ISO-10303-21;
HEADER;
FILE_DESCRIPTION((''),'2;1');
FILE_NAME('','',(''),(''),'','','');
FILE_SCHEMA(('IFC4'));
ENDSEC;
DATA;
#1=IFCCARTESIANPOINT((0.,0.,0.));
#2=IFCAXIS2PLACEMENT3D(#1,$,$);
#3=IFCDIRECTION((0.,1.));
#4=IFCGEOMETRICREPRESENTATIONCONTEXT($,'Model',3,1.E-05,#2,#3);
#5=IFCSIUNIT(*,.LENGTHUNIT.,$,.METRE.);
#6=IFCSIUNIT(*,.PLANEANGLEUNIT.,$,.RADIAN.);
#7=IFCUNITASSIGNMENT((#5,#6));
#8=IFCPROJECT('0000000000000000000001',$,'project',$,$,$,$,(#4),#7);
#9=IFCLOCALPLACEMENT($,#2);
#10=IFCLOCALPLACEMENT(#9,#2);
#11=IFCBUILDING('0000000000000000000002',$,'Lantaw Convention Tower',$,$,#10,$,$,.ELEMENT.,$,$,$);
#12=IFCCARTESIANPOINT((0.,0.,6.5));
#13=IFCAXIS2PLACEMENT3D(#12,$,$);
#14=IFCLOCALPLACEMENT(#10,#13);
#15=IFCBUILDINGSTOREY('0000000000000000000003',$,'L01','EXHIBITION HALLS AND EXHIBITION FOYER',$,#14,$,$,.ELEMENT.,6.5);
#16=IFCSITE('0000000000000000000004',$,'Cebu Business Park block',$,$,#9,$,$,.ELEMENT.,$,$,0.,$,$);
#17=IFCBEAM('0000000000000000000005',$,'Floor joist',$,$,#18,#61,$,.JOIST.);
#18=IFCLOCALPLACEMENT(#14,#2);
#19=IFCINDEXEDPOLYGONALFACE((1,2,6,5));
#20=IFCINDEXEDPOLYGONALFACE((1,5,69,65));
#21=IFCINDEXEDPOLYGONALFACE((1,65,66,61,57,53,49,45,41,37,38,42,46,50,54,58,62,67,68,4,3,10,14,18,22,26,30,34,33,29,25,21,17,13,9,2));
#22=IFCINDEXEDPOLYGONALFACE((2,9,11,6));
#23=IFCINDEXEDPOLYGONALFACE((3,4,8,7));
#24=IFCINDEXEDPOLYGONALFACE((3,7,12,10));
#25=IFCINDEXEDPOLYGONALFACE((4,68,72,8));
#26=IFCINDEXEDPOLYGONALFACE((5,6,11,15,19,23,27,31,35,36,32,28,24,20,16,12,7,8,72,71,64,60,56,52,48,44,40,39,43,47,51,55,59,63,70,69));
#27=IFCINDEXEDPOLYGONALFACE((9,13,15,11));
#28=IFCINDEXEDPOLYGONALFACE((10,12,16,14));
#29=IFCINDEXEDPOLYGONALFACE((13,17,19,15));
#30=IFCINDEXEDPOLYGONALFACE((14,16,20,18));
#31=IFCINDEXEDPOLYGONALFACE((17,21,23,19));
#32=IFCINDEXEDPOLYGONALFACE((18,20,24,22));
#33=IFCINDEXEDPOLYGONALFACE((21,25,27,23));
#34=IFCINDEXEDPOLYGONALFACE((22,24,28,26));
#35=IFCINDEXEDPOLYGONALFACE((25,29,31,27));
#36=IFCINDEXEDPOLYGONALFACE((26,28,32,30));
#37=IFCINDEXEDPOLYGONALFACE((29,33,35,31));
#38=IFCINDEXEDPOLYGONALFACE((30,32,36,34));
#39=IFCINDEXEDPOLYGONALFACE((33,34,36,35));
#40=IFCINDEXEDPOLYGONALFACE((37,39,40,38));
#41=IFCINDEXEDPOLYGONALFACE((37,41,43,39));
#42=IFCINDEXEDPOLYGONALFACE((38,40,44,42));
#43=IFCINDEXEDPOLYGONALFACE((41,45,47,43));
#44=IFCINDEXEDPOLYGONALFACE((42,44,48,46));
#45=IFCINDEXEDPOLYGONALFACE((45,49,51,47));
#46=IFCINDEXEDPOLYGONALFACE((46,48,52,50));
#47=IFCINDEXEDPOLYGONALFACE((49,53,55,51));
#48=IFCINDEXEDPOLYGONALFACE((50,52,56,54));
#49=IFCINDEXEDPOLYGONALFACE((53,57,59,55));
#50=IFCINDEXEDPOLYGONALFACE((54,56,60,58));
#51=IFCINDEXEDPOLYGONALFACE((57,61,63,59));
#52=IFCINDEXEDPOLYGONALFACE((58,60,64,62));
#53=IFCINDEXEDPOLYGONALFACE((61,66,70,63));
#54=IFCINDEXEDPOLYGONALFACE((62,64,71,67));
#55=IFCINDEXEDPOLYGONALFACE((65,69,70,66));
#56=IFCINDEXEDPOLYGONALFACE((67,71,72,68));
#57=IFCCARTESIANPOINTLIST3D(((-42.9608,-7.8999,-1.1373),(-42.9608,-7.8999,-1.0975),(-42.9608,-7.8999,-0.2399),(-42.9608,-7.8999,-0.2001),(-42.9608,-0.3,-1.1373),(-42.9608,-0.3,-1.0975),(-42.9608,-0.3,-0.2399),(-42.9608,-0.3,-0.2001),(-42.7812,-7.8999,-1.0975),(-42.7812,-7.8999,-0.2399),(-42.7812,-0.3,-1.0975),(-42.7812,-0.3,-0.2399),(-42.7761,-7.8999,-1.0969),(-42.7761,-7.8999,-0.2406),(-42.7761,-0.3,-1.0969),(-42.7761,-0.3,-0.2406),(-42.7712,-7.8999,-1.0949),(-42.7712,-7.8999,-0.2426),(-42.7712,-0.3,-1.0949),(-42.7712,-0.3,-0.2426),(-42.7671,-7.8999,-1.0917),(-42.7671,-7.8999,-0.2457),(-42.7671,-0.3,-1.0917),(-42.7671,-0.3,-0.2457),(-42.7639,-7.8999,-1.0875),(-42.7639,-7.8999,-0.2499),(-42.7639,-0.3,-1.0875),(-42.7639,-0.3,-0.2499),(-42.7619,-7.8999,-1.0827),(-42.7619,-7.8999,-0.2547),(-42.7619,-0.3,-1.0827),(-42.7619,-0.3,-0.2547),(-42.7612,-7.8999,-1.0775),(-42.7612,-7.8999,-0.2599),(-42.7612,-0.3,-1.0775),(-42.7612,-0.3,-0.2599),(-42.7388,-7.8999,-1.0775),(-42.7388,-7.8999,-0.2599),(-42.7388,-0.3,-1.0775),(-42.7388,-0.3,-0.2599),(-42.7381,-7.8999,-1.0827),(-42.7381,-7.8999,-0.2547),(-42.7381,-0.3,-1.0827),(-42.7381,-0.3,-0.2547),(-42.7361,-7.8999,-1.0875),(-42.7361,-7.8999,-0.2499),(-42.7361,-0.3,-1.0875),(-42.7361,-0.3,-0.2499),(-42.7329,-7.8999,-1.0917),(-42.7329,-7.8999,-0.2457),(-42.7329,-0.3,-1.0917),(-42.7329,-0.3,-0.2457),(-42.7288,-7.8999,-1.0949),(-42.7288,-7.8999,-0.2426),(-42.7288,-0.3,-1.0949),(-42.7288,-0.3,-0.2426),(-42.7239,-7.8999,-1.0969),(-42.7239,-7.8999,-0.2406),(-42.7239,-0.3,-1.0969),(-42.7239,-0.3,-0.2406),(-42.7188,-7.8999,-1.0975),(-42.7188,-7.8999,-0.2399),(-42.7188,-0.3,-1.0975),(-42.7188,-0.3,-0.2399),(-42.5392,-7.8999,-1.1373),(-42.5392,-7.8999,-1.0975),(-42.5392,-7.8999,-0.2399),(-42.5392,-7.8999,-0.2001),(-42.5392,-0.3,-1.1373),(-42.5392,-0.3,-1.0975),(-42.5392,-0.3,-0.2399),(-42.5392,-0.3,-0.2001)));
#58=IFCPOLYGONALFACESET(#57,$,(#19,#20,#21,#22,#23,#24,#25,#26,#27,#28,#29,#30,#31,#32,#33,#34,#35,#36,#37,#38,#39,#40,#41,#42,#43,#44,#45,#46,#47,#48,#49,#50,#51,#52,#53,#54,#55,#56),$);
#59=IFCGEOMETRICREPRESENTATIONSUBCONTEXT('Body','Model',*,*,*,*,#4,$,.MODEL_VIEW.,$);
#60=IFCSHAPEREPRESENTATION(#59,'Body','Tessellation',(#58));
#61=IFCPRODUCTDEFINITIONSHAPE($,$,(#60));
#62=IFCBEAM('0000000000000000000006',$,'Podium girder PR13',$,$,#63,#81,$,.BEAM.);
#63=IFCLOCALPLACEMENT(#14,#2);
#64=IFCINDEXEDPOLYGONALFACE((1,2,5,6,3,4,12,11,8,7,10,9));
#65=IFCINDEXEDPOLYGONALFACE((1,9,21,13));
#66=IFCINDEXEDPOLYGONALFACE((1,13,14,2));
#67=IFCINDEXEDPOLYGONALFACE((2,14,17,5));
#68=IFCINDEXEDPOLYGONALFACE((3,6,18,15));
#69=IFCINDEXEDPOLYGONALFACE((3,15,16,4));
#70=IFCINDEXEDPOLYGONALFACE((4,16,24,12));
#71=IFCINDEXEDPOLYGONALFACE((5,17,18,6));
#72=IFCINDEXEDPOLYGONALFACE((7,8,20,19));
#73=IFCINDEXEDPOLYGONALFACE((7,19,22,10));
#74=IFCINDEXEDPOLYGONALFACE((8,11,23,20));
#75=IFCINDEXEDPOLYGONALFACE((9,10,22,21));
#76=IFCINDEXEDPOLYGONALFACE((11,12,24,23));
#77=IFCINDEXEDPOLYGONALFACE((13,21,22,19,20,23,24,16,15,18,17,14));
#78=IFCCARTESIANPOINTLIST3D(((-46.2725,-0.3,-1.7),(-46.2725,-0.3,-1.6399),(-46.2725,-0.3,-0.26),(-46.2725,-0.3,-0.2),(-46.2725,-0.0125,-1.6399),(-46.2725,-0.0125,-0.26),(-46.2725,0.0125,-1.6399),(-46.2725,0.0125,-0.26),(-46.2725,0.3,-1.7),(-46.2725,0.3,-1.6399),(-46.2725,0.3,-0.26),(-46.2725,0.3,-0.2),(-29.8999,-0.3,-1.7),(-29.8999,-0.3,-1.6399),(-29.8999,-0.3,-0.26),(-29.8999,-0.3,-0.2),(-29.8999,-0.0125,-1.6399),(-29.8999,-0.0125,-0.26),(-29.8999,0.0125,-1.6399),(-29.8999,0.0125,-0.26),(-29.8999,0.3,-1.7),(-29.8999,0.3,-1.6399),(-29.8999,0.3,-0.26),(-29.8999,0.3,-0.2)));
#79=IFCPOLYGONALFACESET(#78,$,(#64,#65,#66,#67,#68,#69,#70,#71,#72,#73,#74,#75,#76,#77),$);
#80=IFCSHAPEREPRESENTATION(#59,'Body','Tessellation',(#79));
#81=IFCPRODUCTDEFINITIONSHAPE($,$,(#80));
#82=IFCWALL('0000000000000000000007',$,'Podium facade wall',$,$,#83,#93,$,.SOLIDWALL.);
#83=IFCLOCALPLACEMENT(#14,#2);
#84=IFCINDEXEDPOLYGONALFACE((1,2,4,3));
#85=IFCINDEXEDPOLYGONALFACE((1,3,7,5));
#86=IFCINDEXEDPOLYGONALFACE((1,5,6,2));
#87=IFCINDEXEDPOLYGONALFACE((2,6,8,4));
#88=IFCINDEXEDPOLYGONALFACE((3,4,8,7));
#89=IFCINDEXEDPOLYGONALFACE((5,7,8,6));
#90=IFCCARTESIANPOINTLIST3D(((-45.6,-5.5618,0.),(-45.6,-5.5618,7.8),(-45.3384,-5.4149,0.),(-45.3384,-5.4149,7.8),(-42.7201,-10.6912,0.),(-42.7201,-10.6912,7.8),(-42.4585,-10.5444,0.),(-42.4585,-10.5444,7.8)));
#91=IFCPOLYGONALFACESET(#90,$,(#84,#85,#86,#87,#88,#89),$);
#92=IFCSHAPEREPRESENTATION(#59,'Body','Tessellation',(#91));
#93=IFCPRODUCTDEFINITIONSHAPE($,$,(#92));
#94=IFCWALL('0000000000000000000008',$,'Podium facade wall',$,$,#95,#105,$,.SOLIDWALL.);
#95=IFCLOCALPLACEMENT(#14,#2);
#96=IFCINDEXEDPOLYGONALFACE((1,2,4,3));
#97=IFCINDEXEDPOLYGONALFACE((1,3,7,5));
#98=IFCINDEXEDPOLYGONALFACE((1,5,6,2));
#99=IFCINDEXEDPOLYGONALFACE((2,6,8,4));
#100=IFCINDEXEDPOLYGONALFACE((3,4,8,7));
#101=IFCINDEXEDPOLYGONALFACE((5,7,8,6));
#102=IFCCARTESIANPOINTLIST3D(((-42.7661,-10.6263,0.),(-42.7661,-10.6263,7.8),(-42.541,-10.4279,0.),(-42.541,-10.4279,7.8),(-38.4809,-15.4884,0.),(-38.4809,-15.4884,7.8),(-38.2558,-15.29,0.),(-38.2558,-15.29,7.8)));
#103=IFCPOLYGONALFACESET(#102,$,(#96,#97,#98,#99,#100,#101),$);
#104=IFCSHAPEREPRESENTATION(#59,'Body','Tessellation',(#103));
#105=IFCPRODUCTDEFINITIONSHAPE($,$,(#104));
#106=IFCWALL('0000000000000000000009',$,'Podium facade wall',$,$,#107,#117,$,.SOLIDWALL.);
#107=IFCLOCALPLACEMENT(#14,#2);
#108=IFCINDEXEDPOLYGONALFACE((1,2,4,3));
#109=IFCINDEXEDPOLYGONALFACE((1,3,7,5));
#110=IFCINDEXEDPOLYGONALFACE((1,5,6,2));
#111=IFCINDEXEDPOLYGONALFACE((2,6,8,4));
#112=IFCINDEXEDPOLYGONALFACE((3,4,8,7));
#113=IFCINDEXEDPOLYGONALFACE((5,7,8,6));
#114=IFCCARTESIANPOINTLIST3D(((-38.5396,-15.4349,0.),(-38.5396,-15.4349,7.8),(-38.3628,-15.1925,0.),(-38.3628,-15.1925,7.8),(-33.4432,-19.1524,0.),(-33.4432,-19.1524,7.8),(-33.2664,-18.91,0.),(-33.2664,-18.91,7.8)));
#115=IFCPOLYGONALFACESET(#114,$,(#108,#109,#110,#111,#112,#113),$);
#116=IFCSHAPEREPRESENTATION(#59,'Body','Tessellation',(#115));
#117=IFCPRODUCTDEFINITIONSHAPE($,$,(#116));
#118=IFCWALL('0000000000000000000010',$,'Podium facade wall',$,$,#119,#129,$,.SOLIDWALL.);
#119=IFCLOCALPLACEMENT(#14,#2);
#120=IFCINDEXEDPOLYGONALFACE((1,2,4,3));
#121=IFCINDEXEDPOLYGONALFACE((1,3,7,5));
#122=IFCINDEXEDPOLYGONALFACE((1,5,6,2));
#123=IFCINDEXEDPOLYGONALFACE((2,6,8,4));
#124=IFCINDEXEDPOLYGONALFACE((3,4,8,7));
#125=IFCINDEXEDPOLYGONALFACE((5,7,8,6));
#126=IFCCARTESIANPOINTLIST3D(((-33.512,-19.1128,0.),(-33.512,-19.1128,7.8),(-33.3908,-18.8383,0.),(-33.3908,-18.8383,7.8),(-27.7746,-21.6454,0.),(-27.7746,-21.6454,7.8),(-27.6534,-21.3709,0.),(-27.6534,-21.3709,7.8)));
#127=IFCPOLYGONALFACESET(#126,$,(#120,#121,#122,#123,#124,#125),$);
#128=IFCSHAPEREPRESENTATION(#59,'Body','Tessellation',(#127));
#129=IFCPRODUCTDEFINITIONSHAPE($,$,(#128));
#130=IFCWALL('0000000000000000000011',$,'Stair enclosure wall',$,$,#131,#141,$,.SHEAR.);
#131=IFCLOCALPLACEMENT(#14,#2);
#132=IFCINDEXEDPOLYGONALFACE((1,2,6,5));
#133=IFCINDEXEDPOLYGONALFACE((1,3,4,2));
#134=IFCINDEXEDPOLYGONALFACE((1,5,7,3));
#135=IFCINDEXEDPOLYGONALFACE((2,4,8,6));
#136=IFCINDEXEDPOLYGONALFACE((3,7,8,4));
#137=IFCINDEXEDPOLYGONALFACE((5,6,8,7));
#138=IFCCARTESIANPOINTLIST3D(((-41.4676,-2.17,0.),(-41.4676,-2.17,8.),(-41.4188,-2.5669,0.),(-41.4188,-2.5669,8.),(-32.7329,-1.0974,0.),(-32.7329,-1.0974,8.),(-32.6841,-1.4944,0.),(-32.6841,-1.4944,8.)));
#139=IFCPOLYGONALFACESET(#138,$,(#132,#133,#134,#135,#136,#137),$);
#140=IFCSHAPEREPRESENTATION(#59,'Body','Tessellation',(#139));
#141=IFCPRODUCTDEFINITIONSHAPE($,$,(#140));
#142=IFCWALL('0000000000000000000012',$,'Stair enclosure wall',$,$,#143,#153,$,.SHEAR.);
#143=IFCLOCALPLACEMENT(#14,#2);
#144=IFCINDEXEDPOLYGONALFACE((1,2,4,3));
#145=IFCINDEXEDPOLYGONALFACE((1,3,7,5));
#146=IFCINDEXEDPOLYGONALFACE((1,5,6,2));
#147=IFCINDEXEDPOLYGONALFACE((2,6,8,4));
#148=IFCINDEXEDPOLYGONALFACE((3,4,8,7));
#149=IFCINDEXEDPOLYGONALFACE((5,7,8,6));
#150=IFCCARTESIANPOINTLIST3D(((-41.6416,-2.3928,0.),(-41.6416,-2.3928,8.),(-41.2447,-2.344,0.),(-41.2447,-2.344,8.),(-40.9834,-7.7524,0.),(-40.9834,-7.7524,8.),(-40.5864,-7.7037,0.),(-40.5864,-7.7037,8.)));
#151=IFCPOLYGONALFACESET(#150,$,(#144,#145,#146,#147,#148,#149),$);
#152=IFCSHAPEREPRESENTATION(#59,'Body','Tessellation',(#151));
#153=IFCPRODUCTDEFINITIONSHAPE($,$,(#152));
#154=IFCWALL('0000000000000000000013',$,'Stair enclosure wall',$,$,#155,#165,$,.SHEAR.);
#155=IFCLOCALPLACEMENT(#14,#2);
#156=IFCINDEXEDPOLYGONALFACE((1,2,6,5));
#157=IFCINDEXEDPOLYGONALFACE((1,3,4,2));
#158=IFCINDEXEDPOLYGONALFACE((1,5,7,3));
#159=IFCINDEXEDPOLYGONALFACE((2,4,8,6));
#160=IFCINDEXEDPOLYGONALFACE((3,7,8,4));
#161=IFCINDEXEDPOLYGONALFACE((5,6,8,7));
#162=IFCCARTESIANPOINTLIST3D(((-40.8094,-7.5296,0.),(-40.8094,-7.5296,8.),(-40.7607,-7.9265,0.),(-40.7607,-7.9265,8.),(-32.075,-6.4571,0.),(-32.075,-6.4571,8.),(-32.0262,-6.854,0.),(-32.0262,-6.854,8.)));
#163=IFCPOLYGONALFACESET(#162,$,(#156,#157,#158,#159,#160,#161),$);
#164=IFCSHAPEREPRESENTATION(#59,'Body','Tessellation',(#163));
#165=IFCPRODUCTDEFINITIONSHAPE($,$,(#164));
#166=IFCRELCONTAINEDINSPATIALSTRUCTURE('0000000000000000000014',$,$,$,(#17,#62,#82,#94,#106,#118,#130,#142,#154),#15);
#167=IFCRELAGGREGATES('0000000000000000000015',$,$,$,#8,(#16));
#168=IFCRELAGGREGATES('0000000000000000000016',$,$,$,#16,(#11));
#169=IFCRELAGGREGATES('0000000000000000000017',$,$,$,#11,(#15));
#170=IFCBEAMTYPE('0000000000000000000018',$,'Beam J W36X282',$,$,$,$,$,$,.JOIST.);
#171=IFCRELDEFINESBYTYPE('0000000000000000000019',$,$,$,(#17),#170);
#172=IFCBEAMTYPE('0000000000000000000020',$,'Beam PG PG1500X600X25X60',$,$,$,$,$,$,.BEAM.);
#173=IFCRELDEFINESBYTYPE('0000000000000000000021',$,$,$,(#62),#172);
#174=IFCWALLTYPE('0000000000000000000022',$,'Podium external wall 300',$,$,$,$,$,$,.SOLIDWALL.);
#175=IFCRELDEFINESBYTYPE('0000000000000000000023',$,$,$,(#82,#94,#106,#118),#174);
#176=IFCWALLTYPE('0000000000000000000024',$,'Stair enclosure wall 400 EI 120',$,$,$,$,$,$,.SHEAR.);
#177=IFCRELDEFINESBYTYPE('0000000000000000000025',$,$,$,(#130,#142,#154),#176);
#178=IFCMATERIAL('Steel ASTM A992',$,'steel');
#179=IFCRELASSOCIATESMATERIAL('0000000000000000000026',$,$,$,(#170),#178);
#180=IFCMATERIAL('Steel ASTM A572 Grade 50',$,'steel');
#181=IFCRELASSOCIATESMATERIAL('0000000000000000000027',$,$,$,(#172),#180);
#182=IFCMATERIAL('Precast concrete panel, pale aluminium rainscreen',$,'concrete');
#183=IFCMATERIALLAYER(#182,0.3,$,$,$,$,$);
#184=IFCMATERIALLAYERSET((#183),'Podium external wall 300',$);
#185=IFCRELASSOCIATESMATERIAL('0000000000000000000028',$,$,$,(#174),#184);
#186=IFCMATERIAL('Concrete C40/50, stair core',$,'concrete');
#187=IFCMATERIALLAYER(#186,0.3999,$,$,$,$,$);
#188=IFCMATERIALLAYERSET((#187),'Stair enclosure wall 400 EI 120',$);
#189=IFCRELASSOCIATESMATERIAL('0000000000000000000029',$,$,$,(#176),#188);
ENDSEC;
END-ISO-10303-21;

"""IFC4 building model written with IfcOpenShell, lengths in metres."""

from ifc_helpers import new_model, si_unit, direction, frame, frame_2d, origin, origin_2d, place, context, subcontext, project, spatial, rectangle, i_section, extrude, material, layer, layer_set, material_profile, profile_set, type_object, element, save


model = new_model("IFC4")

# Units and contexts
model_context = context("Model", 3, precision=1e-05, world=origin(), true_north=direction((0.0, 1.0)))
body_context = subcontext(model_context, "Body", "Model", "MODEL_VIEW")
ifc_project = project(units=[si_unit("LENGTHUNIT", "METRE"), si_unit("PLANEANGLEUNIT", "RADIAN")], contexts=[model_context])

# Site, building, storey
site_placement = place(None, origin())
site = spatial("IfcSite", under=ifc_project, at=site_placement, Name="Cebu Business Park block", CompositionType="ELEMENT", RefElevation=0.0)
building_placement = place(site_placement, origin())
building = spatial("IfcBuilding", under=site, at=building_placement, Name="Lantaw Convention Tower", CompositionType="ELEMENT")
storey_placement = place(building_placement, frame((0.0, 0.0, 6.5)))
storey = spatial("IfcBuildingStorey", under=building, at=storey_placement, Name="L01", Description="EXHIBITION HALLS AND EXHIBITION FOYER", CompositionType="ELEMENT", Elevation=6.5)

# Shared definitions
ifc_material_1 = material(Name="Steel ASTM A572 Grade 50", Category="steel")

# Beams
ifc_material_2 = material(Name="Steel ASTM A992", Category="steel")
ifc_material_profile_1 = material_profile(ifc_material_2, i_section(OverallWidth=0.4216, OverallDepth=0.9373, WebThickness=0.0225, FlangeThickness=0.0398, FilletRadius=0.02, at=origin_2d()), Name="W36X282")
ifc_profile_set_1 = profile_set([ifc_material_profile_1], Name="Steel ASTM A992")
beam_type_1 = type_object("IfcBeamType", Name="Beam J W36X282", PredefinedType="JOIST", material=ifc_profile_set_1)
beam_1_placement = place(storey_placement, frame((-42.75, -7.8999, -0.6687), z_axis=(0.0, 1.0, 0.0), x_axis=(-1.0, 0.0, 0.0)))
element("IfcBeam", 1, at=beam_1_placement, inside=storey, type_object=beam_type_1, Name="Floor joist", PredefinedType="JOIST", context=body_context, shape_type="SweptSolid", body=[
    extrude(i_section(OverallWidth=0.4216, OverallDepth=0.9373, WebThickness=0.0225, FlangeThickness=0.0398, FilletRadius=0.02, at=origin_2d()), origin(), (0.0, 0.0, 1.0), 7.5999),
])
ifc_material_profile_2 = material_profile(ifc_material_1, i_section(OverallWidth=0.6001, OverallDepth=1.5, WebThickness=0.0249, FlangeThickness=0.0601, at=origin_2d()), Name="PG1500X600X25X60")
ifc_profile_set_2 = profile_set([ifc_material_profile_2], Name="Steel ASTM A572 Grade 50")
beam_type_2 = type_object("IfcBeamType", Name="Beam PG PG1500X600X25X60", PredefinedType="BEAM", material=ifc_profile_set_2)
beam_2_placement = place(storey_placement, frame((-29.8999, 0.0, -0.95), z_axis=(-1.0, 0.0, 0.0), x_axis=(0.0, -1.0, 0.0)))
element("IfcBeam", 2, at=beam_2_placement, inside=storey, type_object=beam_type_2, Name="Podium girder PR13", PredefinedType="BEAM", context=body_context, shape_type="SweptSolid", body=[
    extrude(i_section(OverallWidth=0.6001, OverallDepth=1.5, WebThickness=0.0249, FlangeThickness=0.0601, at=origin_2d()), origin(), (0.0, 0.0, 1.0), 16.3726),
])

# Walls
ifc_material_3 = material(Name="Precast concrete panel, pale aluminium rainscreen", Category="concrete")
ifc_layer_1 = layer(ifc_material_3, 0.3)
ifc_layer_set_1 = layer_set([ifc_layer_1], Name="Podium external wall 300")
wall_type_1 = type_object("IfcWallType", Name="Podium external wall 300", PredefinedType="SOLIDWALL", material=ifc_layer_set_1)
wall_1_placement = place(storey_placement, frame((-45.4692, -5.4883, 0.0), z_axis=(0.0, 0.0, 1.0), x_axis=(0.489564, -0.871968, 0.0)))
element("IfcWall", 3, at=wall_1_placement, inside=storey, type_object=wall_type_1, Name="Podium facade wall", PredefinedType="SOLIDWALL", context=body_context, shape_type="SweptSolid", body=[
    extrude(rectangle(XDim=5.8826, YDim=0.3, at=frame_2d((2.9414, 0.0))), origin(), (0.0, 0.0, 1.0), 7.8),
])
wall_2_placement = place(storey_placement, frame((-42.6536, -10.5271, 0.0), z_axis=(0.0, 0.0, 1.0), x_axis=(0.661197, -0.750213, 0.0)))
element("IfcWall", 4, at=wall_2_placement, inside=storey, type_object=wall_type_1, Name="Podium facade wall", PredefinedType="SOLIDWALL", context=body_context, shape_type="SweptSolid", body=[
    extrude(rectangle(XDim=6.481, YDim=0.3, at=frame_2d((3.2405, 0.0))), origin(), (0.0, 0.0, 1.0), 7.8),
])
wall_3_placement = place(storey_placement, frame((-38.4512, -15.3137, 0.0), z_axis=(0.0, 0.0, 1.0), x_axis=(0.807903, -0.589315, 0.0)))
element("IfcWall", 5, at=wall_3_placement, inside=storey, type_object=wall_type_1, Name="Podium facade wall", PredefinedType="SOLIDWALL", context=body_context, shape_type="SweptSolid", body=[
    extrude(rectangle(XDim=6.3081, YDim=0.3, at=frame_2d((3.1541, 0.0))), origin(), (0.0, 0.0, 1.0), 7.8),
])
wall_4_placement = place(storey_placement, frame((-33.4514, -18.9756, 0.0), z_axis=(0.0, 0.0, 1.0), x_axis=(0.914841, -0.403815, 0.0)))
element("IfcWall", 6, at=wall_4_placement, inside=storey, type_object=wall_type_1, Name="Podium facade wall", PredefinedType="SOLIDWALL", context=body_context, shape_type="SweptSolid", body=[
    extrude(rectangle(XDim=6.2715, YDim=0.3, at=frame_2d((3.1357, 0.0))), origin(), (0.0, 0.0, 1.0), 7.8),
])
ifc_material_4 = material(Name="Concrete C40/50, stair core", Category="concrete")
ifc_layer_2 = layer(ifc_material_4, 0.3999)
ifc_layer_set_2 = layer_set([ifc_layer_2], Name="Stair enclosure wall 400 EI 120")
wall_type_2 = type_object("IfcWallType", Name="Stair enclosure wall 400 EI 120", PredefinedType="SHEAR", material=ifc_layer_set_2)
wall_5_placement = place(storey_placement, frame((-32.7085, -1.2959, 0.0), z_axis=(0.0, 0.0, 1.0), x_axis=(-0.992546, -0.121873, 0.0)))
element("IfcWall", 7, at=wall_5_placement, inside=storey, type_object=wall_type_2, Name="Stair enclosure wall", PredefinedType="SHEAR", context=body_context, shape_type="SweptSolid", body=[
    extrude(rectangle(XDim=8.8003, YDim=0.3999, at=frame_2d((4.4001, 0.0))), origin(), (0.0, 0.0, 1.0), 8.0),
])
wall_6_placement = place(storey_placement, frame((-41.4431, -2.3684, 0.0), z_axis=(0.0, 0.0, 1.0), x_axis=(0.121892, -0.992543, 0.0)))
element("IfcWall", 8, at=wall_6_placement, inside=storey, type_object=wall_type_2, Name="Stair enclosure wall", PredefinedType="SHEAR", context=body_context, shape_type="SweptSolid", body=[
    extrude(rectangle(XDim=5.3999, YDim=0.3999, at=frame_2d((2.7, 0.0))), origin(), (0.0, 0.0, 1.0), 8.0),
])
wall_7_placement = place(storey_placement, frame((-40.7849, -7.728, 0.0), z_axis=(0.0, 0.0, 1.0), x_axis=(0.992545, 0.121876, 0.0)))
element("IfcWall", 9, at=wall_7_placement, inside=storey, type_object=wall_type_2, Name="Stair enclosure wall", PredefinedType="SHEAR", context=body_context, shape_type="SweptSolid", body=[
    extrude(rectangle(XDim=8.8, YDim=0.3999, at=frame_2d((4.3999, 0.0))), origin(), (0.0, 0.0, 1.0), 8.0),
])

save(model, "model.ifc")
